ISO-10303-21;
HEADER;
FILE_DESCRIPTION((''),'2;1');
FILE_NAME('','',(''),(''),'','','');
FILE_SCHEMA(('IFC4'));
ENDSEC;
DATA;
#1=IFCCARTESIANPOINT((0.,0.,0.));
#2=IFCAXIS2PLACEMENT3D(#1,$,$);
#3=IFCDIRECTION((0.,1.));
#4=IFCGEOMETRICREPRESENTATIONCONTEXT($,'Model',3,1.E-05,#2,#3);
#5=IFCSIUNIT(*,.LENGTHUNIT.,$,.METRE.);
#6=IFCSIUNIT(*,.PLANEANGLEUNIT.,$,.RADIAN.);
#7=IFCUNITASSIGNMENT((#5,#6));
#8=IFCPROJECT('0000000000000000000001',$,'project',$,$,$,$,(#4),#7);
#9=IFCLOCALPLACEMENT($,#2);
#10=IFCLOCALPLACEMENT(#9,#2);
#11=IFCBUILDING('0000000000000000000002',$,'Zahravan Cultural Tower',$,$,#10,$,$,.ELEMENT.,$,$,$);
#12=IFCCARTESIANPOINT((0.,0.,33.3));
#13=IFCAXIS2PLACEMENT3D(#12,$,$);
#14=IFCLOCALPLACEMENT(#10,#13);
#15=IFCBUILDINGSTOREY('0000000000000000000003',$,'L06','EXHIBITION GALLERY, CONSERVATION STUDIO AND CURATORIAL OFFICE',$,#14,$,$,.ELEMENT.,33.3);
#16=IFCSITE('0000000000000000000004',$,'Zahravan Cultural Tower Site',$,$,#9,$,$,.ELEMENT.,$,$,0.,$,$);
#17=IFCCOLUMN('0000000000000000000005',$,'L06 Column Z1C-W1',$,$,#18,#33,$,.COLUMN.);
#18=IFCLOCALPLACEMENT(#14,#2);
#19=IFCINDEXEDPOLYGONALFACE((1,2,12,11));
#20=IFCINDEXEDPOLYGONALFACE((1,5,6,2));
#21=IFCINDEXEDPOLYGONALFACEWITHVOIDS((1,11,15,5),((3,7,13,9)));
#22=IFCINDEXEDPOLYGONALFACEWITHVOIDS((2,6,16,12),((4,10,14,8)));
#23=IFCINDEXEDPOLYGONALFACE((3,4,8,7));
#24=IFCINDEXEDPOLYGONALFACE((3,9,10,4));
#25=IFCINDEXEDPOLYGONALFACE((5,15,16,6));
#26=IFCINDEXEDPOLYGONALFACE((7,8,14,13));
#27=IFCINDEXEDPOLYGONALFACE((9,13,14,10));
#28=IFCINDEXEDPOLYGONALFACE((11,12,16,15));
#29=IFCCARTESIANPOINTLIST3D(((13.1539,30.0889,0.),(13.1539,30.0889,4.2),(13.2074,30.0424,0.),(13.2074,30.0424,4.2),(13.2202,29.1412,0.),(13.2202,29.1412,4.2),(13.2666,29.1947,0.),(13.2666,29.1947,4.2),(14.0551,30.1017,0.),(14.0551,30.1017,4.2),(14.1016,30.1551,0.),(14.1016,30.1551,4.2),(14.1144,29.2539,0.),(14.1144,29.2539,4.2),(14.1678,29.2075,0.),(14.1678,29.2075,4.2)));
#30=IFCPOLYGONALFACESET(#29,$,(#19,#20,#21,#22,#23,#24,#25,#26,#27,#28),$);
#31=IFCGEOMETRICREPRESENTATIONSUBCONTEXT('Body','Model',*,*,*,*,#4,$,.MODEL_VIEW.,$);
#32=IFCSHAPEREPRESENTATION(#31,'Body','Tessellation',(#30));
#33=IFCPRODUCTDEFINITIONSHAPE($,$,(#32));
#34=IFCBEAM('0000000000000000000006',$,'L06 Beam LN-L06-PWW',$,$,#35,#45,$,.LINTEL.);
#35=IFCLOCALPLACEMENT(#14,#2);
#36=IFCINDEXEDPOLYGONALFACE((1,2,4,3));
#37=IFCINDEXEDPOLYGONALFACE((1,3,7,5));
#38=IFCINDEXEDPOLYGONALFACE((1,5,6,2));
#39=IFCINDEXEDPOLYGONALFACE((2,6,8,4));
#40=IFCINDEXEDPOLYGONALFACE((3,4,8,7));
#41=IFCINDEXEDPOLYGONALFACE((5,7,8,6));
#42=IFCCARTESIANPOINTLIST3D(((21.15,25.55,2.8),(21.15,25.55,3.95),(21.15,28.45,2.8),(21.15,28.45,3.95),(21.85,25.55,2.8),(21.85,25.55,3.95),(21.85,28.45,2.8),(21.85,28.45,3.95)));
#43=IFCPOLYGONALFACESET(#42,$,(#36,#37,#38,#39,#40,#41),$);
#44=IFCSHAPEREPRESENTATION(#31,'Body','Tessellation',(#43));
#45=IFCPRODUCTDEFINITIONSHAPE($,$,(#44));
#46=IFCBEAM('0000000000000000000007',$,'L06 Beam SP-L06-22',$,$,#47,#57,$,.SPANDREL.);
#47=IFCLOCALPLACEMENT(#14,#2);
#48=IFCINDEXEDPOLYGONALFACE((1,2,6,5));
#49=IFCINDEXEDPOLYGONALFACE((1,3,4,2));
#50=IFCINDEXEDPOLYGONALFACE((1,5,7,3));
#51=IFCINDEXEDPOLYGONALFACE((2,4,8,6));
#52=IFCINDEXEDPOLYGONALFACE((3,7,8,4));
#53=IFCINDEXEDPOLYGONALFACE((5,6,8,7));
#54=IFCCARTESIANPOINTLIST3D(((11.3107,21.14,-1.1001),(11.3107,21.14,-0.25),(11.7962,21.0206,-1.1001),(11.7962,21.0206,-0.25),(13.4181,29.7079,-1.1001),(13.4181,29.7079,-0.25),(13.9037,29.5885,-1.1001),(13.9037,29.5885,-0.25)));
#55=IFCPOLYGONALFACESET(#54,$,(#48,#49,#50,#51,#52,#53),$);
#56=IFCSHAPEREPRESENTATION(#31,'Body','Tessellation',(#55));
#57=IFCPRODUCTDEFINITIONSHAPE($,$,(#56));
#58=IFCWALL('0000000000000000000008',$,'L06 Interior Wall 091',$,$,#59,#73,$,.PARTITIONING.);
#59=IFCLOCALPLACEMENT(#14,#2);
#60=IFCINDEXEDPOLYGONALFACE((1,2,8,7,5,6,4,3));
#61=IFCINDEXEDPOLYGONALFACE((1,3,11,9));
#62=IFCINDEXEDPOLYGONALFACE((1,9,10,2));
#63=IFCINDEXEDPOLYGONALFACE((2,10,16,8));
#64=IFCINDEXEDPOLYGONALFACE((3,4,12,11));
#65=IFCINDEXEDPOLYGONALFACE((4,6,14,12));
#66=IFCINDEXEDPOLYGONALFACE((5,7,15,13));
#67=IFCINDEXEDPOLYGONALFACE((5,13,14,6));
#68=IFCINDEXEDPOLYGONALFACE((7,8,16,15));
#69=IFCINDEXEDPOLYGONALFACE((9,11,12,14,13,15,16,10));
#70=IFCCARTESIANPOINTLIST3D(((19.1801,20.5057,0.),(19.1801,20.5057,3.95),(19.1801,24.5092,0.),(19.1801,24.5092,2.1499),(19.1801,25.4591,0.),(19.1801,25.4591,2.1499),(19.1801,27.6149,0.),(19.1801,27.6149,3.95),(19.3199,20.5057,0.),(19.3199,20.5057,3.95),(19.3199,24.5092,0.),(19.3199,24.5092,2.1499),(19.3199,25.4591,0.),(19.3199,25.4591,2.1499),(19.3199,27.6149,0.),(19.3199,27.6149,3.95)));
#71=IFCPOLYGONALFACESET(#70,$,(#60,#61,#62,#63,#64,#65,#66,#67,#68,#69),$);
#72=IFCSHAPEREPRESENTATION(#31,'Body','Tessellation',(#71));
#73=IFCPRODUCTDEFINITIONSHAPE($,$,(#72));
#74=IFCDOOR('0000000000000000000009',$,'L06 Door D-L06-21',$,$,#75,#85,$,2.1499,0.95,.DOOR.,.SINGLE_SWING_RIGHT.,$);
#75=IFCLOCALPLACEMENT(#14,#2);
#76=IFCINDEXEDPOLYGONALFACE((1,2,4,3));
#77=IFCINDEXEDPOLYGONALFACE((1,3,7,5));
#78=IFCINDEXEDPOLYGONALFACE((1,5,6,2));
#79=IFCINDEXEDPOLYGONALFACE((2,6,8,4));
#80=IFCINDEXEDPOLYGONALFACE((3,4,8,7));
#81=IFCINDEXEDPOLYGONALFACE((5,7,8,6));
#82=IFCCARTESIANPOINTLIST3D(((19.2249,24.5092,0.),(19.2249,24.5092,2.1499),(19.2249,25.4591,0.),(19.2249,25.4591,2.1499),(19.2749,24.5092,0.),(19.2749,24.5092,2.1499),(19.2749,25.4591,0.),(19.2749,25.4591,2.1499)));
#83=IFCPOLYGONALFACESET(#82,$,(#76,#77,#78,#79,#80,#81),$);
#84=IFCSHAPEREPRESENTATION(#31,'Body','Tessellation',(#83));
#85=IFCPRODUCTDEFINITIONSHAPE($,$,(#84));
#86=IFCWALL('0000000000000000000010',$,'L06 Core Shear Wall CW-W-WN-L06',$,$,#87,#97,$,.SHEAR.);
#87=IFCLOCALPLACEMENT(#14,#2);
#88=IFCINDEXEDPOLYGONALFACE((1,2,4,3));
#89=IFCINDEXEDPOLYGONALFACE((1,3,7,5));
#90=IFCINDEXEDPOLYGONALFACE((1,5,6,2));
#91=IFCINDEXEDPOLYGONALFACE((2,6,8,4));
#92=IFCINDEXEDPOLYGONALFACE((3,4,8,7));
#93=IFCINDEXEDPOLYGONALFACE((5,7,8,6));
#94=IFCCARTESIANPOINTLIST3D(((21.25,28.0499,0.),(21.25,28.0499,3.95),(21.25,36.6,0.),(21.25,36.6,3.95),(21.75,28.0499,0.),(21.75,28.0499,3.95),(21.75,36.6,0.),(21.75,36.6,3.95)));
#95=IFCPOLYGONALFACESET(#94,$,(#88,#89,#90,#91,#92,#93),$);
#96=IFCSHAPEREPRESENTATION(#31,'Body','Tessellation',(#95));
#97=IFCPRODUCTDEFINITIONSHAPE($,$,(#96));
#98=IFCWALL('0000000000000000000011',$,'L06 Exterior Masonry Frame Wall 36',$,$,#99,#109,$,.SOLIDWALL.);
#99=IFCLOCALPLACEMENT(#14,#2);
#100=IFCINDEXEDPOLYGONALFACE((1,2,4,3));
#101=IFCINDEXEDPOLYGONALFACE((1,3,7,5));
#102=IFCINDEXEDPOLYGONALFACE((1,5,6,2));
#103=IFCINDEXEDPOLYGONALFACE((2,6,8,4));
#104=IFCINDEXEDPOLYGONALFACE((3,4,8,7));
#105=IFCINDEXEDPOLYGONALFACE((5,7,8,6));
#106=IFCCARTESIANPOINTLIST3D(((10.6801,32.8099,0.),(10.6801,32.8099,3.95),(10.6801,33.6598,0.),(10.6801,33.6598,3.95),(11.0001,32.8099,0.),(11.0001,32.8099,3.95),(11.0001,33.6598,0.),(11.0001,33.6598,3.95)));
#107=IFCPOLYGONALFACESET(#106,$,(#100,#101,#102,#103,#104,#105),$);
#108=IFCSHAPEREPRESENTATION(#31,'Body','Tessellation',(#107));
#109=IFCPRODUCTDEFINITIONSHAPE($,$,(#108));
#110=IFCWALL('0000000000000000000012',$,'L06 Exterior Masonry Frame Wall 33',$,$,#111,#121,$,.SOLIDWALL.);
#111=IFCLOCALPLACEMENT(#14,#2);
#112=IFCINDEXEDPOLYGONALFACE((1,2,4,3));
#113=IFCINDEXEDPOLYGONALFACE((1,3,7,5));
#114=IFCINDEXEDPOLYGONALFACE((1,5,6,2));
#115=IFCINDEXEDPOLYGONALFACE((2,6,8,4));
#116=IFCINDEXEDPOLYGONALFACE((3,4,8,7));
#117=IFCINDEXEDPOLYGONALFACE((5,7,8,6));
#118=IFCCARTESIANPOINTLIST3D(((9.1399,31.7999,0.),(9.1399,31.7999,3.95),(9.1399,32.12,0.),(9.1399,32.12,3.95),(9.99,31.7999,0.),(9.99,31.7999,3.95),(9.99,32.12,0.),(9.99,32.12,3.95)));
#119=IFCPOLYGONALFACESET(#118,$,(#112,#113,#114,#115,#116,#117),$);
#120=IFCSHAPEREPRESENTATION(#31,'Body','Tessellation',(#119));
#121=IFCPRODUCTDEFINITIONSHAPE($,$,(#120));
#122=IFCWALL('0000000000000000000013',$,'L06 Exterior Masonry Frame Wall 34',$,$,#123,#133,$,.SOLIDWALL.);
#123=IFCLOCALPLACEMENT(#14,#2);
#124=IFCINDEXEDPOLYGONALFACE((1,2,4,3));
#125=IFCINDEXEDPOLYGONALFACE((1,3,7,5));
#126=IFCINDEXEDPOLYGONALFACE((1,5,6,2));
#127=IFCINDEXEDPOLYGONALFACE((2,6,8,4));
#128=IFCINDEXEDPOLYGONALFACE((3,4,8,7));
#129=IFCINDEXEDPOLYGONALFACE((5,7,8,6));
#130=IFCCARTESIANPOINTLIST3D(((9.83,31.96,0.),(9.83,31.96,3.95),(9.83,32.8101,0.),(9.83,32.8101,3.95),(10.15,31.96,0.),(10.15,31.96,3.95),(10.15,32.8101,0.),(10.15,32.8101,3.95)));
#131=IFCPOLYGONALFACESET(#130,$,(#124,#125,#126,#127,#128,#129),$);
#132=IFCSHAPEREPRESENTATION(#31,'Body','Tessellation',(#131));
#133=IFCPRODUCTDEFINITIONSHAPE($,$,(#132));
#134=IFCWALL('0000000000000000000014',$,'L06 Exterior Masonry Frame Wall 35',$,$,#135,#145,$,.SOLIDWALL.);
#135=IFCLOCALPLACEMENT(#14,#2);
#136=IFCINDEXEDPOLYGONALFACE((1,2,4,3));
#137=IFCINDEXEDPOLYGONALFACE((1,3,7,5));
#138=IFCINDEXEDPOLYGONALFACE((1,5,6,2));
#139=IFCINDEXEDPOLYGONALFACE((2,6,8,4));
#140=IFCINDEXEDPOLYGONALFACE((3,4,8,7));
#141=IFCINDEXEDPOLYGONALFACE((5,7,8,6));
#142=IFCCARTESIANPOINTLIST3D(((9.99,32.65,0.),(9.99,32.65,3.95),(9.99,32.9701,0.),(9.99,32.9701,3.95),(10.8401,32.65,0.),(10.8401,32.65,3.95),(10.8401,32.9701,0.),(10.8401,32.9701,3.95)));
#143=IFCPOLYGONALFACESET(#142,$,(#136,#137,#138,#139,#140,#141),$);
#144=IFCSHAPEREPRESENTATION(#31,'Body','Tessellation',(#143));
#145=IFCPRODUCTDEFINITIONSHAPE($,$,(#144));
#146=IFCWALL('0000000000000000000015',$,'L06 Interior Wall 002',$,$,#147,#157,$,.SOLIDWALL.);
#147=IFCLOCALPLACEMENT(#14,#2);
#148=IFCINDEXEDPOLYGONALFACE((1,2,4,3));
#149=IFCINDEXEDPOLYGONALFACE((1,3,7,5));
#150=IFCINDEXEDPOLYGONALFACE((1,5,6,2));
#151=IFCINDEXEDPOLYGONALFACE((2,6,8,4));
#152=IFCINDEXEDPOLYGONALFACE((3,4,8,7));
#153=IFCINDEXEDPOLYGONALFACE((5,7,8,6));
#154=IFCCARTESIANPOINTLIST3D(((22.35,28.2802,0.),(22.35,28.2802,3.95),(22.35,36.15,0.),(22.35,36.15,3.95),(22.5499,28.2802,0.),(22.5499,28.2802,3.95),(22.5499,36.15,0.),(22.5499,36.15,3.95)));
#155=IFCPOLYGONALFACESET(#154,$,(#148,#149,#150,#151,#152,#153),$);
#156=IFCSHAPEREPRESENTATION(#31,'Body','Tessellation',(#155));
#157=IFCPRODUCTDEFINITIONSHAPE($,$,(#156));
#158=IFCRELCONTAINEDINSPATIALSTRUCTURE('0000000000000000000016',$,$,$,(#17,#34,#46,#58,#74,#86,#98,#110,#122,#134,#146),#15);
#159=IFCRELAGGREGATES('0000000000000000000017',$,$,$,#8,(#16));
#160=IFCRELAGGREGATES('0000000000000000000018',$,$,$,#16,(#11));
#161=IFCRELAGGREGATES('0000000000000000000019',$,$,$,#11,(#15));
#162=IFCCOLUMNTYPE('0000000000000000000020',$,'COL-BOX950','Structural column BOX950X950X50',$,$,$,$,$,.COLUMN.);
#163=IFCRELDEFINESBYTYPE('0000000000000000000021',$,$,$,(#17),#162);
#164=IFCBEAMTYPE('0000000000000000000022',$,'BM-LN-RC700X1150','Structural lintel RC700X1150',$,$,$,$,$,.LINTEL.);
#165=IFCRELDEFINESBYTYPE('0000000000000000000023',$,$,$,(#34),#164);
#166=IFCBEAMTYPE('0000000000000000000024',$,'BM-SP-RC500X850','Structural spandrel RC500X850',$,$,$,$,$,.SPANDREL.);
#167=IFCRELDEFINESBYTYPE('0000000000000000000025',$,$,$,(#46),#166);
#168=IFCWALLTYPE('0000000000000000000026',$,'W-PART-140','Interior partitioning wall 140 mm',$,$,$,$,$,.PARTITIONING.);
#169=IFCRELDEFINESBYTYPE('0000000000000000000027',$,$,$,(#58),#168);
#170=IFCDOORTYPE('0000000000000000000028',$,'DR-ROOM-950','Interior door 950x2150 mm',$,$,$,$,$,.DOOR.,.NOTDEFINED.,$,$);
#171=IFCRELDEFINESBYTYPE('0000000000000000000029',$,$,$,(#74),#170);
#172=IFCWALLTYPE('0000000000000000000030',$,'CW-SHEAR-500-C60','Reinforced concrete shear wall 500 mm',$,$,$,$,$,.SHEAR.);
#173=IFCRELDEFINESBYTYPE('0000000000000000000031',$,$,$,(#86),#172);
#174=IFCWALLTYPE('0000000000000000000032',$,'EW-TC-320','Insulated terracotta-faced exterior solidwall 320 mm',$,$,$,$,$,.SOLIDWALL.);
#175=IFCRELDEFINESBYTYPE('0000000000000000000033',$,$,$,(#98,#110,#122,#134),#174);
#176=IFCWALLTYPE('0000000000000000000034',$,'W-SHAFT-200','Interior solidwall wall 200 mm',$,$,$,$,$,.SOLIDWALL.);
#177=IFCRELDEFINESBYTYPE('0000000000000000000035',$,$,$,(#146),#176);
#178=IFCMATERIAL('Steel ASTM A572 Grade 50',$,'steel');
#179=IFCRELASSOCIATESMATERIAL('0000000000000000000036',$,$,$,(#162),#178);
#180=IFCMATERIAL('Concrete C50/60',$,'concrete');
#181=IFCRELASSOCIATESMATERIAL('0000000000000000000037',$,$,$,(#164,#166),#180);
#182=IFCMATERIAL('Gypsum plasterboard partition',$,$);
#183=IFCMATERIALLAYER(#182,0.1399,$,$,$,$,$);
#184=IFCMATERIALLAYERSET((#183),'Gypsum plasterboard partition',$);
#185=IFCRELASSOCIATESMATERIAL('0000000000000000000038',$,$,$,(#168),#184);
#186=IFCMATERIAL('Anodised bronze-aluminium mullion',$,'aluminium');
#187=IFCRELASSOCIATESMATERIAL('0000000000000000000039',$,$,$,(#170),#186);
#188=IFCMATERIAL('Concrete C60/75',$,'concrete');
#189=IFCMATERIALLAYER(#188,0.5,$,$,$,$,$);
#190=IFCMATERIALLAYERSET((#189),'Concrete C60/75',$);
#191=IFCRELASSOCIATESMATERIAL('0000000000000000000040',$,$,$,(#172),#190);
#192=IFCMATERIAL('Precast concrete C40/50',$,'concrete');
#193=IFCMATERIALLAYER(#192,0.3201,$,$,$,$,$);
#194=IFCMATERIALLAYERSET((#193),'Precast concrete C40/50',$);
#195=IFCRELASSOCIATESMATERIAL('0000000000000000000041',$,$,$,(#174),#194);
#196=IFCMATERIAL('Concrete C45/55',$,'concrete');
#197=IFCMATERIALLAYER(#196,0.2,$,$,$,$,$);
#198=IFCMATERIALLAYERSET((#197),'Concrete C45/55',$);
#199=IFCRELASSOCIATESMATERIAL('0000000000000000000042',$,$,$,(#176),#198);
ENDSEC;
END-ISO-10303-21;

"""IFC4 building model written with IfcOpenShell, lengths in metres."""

from ifc_helpers import new_model, si_unit, direction, frame, frame_2d, origin, origin_2d, place, context, subcontext, project, spatial, rectangle, hollow_rectangle, extrude, source, transform, mapped, material, layer, layer_set, material_profile, profile_set, type_object, element, fill, save


model = new_model("IFC4")

# Units and contexts
model_context = context("Model", 3, precision=1e-05, world=origin(), true_north=direction((0.0, 1.0)))
body_context = subcontext(model_context, "Body", "Model", "MODEL_VIEW")
ifc_project = project(units=[si_unit("LENGTHUNIT", "METRE"), si_unit("PLANEANGLEUNIT", "RADIAN")], contexts=[model_context])

# Site, building, storey
site_placement = place(None, origin())
site = spatial("IfcSite", under=ifc_project, at=site_placement, Name="Zahravan Cultural Tower Site", CompositionType="ELEMENT", RefElevation=0.0)
building_placement = place(site_placement, origin())
building = spatial("IfcBuilding", under=site, at=building_placement, Name="Zahravan Cultural Tower", CompositionType="ELEMENT")
storey_placement = place(building_placement, frame((0.0, 0.0, 33.3)))
storey = spatial("IfcBuildingStorey", under=building, at=storey_placement, Name="L06", Description="EXHIBITION GALLERY, CONSERVATION STUDIO AND CURATORIAL OFFICE", CompositionType="ELEMENT", Elevation=33.3)

# Column
ifc_material_1 = material(Name="Steel ASTM A572 Grade 50", Category="steel")
ifc_material_profile_1 = material_profile(ifc_material_1, hollow_rectangle(XDim=0.95, YDim=0.95, WallThickness=0.05, at=origin_2d()), Name="BOX950X950X50")
ifc_profile_set_1 = profile_set([ifc_material_profile_1], Name="Steel ASTM A572 Grade 50")
column_type = type_object("IfcColumnType", Name="COL-BOX950", Description="Structural column BOX950X950X50", PredefinedType="COLUMN", material=ifc_profile_set_1)
shared_shape_1 = source(origin(), body_context, "Body", "SweptSolid", [
    extrude(hollow_rectangle(XDim=0.95, YDim=0.95, WallThickness=0.05, at=origin_2d()), origin(), (0.0, 0.0, 1.0), 4.2),
])
column_placement = place(storey_placement, frame((13.6609, 29.6482, 0.0), z_axis=(0.0, 0.0, 1.0), x_axis=(0.997564, 0.069756, 0.0)))
element("IfcColumn", 1, at=column_placement, inside=storey, type_object=column_type, Name="L06 Column Z1C-W1", PredefinedType="COLUMN", context=body_context, shape_type="MappedRepresentation", body=[
    mapped(shared_shape_1, transform((0.0, 0.0, 0.0), x_axis=(1.0, 0.0, 0.0), y_axis=(0.0, 1.0, 0.0), z_axis=(0.0, 0.0, 1.0), scale=1.0)),
])

# Beams
ifc_material_2 = material(Name="Concrete C50/60", Category="concrete")
ifc_material_profile_2 = material_profile(ifc_material_2, rectangle(XDim=0.7, YDim=1.1499, at=origin_2d()), Name="RC700X1150")
ifc_profile_set_2 = profile_set([ifc_material_profile_2], Name="Concrete C50/60")
beam_type_1 = type_object("IfcBeamType", Name="BM-LN-RC700X1150", Description="Structural lintel RC700X1150", PredefinedType="LINTEL", material=ifc_profile_set_2)
shared_shape_2 = source(origin(), body_context, "Body", "SweptSolid", [
    extrude(rectangle(XDim=0.7, YDim=1.1499, at=origin_2d()), origin(), (0.0, 0.0, 1.0), 2.8999),
])
beam_1_placement = place(storey_placement, frame((21.5, 25.55, 3.375), z_axis=(0.0, 1.0, 0.0), x_axis=(-1.0, 0.0, 0.0)))
element("IfcBeam", 2, at=beam_1_placement, inside=storey, type_object=beam_type_1, Name="L06 Beam LN-L06-PWW", PredefinedType="LINTEL", context=body_context, shape_type="MappedRepresentation", body=[
    mapped(shared_shape_2, transform((0.0, 0.0, 0.0), x_axis=(1.0, 0.0, 0.0), y_axis=(0.0, 1.0, 0.0), z_axis=(0.0, 0.0, 1.0), scale=1.0)),
])
ifc_material_profile_3 = material_profile(ifc_material_2, rectangle(XDim=0.5, YDim=0.8501, at=origin_2d()), Name="RC500X850")
ifc_profile_set_3 = profile_set([ifc_material_profile_3], Name="Concrete C50/60")
beam_type_2 = type_object("IfcBeamType", Name="BM-SP-RC500X850", Description="Structural spandrel RC500X850", PredefinedType="SPANDREL", material=ifc_profile_set_3)
shared_shape_3 = source(origin(), body_context, "Body", "SweptSolid", [
    extrude(rectangle(XDim=0.5, YDim=0.8501, at=origin_2d()), origin(), (0.0, 0.0, 1.0), 8.8232),
])
beam_2_placement = place(storey_placement, frame((13.6609, 29.6482, -0.675), z_axis=(-0.238849, -0.971057, 0.0), x_axis=(0.971057, -0.238849, 0.0)))
element("IfcBeam", 3, at=beam_2_placement, inside=storey, type_object=beam_type_2, Name="L06 Beam SP-L06-22", PredefinedType="SPANDREL", context=body_context, shape_type="MappedRepresentation", body=[
    mapped(shared_shape_3, transform((0.0, 0.0, 0.0), x_axis=(1.0, 0.0, 0.0), y_axis=(0.0, 1.0, 0.0), z_axis=(0.0, 0.0, 1.0), scale=1.0)),
])

# Wall, opening, door
ifc_material_3 = material(Name="Gypsum plasterboard partition")
ifc_layer_1 = layer(ifc_material_3, 0.1399)
ifc_layer_set_1 = layer_set([ifc_layer_1], Name="Gypsum plasterboard partition")
wall_type_1 = type_object("IfcWallType", Name="W-PART-140", Description="Interior partitioning wall 140 mm", PredefinedType="PARTITIONING", material=ifc_layer_set_1)
wall_1_placement = place(storey_placement, frame((19.25, 27.615, 0.0), z_axis=(0.0, 0.0, 1.0), x_axis=(0.0, -1.0, 0.0)))
wall_1 = element("IfcWall", 4, at=wall_1_placement, inside=storey, type_object=wall_type_1, Name="L06 Interior Wall 091", PredefinedType="PARTITIONING", context=body_context, shape_type="SweptSolid", body=[
    extrude(rectangle(XDim=7.1091, YDim=0.1399, at=frame_2d((3.5547, 0.0))), origin(), (0.0, 0.0, 1.0), 3.95),
])
opening_placement = place(wall_1_placement, frame((2.1558, 0.0, 0.0)))
opening = element("IfcOpeningElement", 5, at=opening_placement, cuts=wall_1, PredefinedType="OPENING", context=body_context, shape_type="SweptSolid", body=[
    extrude(rectangle(XDim=0.95, YDim=2.1499, at=frame_2d((0.4751, 1.075))), frame((0.0, 0.0798, 0.0), z_axis=(0.0, -1.0, 0.0), x_axis=(1.0, 0.0, 0.0)), (0.0, 0.0, 1.0), 0.1599),
])
ifc_material_4 = material(Name="Anodised bronze-aluminium mullion", Category="aluminium")
door_type = type_object("IfcDoorType", Name="DR-ROOM-950", Description="Interior door 950x2150 mm", OperationType="NOTDEFINED", PredefinedType="DOOR", material=ifc_material_4)
shared_shape_4 = source(origin(), body_context, "Body", "SweptSolid", [
    extrude(rectangle(XDim=0.95, YDim=2.1499, at=frame_2d((0.4751, 1.075))), frame((0.0, 0.0249, 0.0), z_axis=(0.0, -1.0, 0.0), x_axis=(1.0, 0.0, 0.0)), (0.0, 0.0, 1.0), 0.05),
])
door_placement = place(opening_placement, origin())
door = element("IfcDoor", 6, at=door_placement, inside=storey, type_object=door_type, Name="L06 Door D-L06-21", OperationType="SINGLE_SWING_RIGHT", OverallHeight=2.1499, OverallWidth=0.95, PredefinedType="DOOR", context=body_context, shape_type="MappedRepresentation", body=[
    mapped(shared_shape_4, transform((0.0, 0.0, 0.0), x_axis=(1.0, 0.0, 0.0), y_axis=(0.0, 1.0, 0.0), z_axis=(0.0, 0.0, 1.0), scale=1.0)),
])
fill(opening, door)

# Walls
ifc_material_5 = material(Name="Concrete C60/75", Category="concrete")
ifc_layer_2 = layer(ifc_material_5, 0.5)
ifc_layer_set_2 = layer_set([ifc_layer_2], Name="Concrete C60/75")
wall_type_2 = type_object("IfcWallType", Name="CW-SHEAR-500-C60", Description="Reinforced concrete shear wall 500 mm", PredefinedType="SHEAR", material=ifc_layer_set_2)
shared_shape_5 = source(origin(), body_context, "Body", "SweptSolid", [
    extrude(rectangle(XDim=8.55, YDim=0.5, at=frame_2d((4.2749, 0.0))), origin(), (0.0, 0.0, 1.0), 3.95),
])
wall_2_placement = place(storey_placement, frame((21.5, 28.05, 0.0), z_axis=(0.0, 0.0, 1.0), x_axis=(0.0, 1.0, 0.0)))
element("IfcWall", 7, at=wall_2_placement, inside=storey, type_object=wall_type_2, Name="L06 Core Shear Wall CW-W-WN-L06", PredefinedType="SHEAR", context=body_context, shape_type="MappedRepresentation", body=[
    mapped(shared_shape_5, transform((0.0, 0.0, 0.0), x_axis=(1.0, 0.0, 0.0), y_axis=(0.0, 1.0, 0.0), z_axis=(0.0, 0.0, 1.0), scale=1.0)),
])
ifc_material_6 = material(Name="Precast concrete C40/50", Category="concrete")
ifc_layer_3 = layer(ifc_material_6, 0.3201)
ifc_layer_set_3 = layer_set([ifc_layer_3], Name="Precast concrete C40/50")
wall_type_3 = type_object("IfcWallType", Name="EW-TC-320", Description="Insulated terracotta-faced exterior solidwall 320 mm", PredefinedType="SOLIDWALL", material=ifc_layer_set_3)
shared_shape_6 = source(origin(), body_context, "Body", "SweptSolid", [
    extrude(rectangle(XDim=0.8499, YDim=0.3201, at=frame_2d((0.4248, 0.0))), origin(), (0.0, 0.0, 1.0), 3.95),
])
wall_3_placement = place(storey_placement, frame((10.8401, 32.8101, 0.0), z_axis=(0.0, 0.0, 1.0), x_axis=(0.0, 1.0, 0.0)))
element("IfcWall", 8, at=wall_3_placement, inside=storey, type_object=wall_type_3, Name="L06 Exterior Masonry Frame Wall 36", PredefinedType="SOLIDWALL", context=body_context, shape_type="MappedRepresentation", body=[
    mapped(shared_shape_6, transform((0.0, 0.0, 0.0), x_axis=(1.0, 0.0, 0.0), y_axis=(0.0, 1.0, 0.0), z_axis=(0.0, 0.0, 1.0), scale=1.0)),
])
shared_shape_7 = source(origin(), body_context, "Body", "SweptSolid", [
    extrude(rectangle(XDim=0.8501, YDim=0.3201, at=frame_2d((0.425, 0.0))), origin(), (0.0, 0.0, 1.0), 3.95),
])
for number, where, z_axis, x_axis, name in (
    (9, (9.1399, 31.96, 0.0), (0.0, 0.0, 1.0), (1.0, 0.0, 0.0), "L06 Exterior Masonry Frame Wall 33"),
    (10, (9.99, 31.96, 0.0), (0.0, 0.0, 1.0), (0.0, 1.0, 0.0), "L06 Exterior Masonry Frame Wall 34"),
    (11, (9.99, 32.8101, 0.0), (0.0, 0.0, 1.0), (1.0, 0.0, 0.0), "L06 Exterior Masonry Frame Wall 35"),
):
    element("IfcWall", number, at=place(storey_placement, frame(where, z_axis=z_axis, x_axis=x_axis)), inside=storey, type_object=wall_type_3, Name=name, PredefinedType="SOLIDWALL", context=body_context, shape_type="MappedRepresentation", body=[
        mapped(shared_shape_7, transform((0.0, 0.0, 0.0), x_axis=(1.0, 0.0, 0.0), y_axis=(0.0, 1.0, 0.0), z_axis=(0.0, 0.0, 1.0), scale=1.0)),
    ])
ifc_material_7 = material(Name="Concrete C45/55", Category="concrete")
ifc_layer_4 = layer(ifc_material_7, 0.2)
ifc_layer_set_4 = layer_set([ifc_layer_4], Name="Concrete C45/55")
wall_type_4 = type_object("IfcWallType", Name="W-SHAFT-200", Description="Interior solidwall wall 200 mm", PredefinedType="SOLIDWALL", material=ifc_layer_set_4)
shared_shape_8 = source(origin(), body_context, "Body", "SweptSolid", [
    extrude(rectangle(XDim=7.8699, YDim=0.2, at=frame_2d((3.9351, 0.0))), origin(), (0.0, 0.0, 1.0), 3.95),
])
wall_4_placement = place(storey_placement, frame((22.45, 28.28, 0.0), z_axis=(0.0, 0.0, 1.0), x_axis=(0.0, 1.0, 0.0)))
element("IfcWall", 12, at=wall_4_placement, inside=storey, type_object=wall_type_4, Name="L06 Interior Wall 002", PredefinedType="SOLIDWALL", context=body_context, shape_type="MappedRepresentation", body=[
    mapped(shared_shape_8, transform((0.0, 0.0, 0.0), x_axis=(1.0, 0.0, 0.0), y_axis=(0.0, 1.0, 0.0), z_axis=(0.0, 0.0, 1.0), scale=1.0)),
])

save(model, "model.ifc")
